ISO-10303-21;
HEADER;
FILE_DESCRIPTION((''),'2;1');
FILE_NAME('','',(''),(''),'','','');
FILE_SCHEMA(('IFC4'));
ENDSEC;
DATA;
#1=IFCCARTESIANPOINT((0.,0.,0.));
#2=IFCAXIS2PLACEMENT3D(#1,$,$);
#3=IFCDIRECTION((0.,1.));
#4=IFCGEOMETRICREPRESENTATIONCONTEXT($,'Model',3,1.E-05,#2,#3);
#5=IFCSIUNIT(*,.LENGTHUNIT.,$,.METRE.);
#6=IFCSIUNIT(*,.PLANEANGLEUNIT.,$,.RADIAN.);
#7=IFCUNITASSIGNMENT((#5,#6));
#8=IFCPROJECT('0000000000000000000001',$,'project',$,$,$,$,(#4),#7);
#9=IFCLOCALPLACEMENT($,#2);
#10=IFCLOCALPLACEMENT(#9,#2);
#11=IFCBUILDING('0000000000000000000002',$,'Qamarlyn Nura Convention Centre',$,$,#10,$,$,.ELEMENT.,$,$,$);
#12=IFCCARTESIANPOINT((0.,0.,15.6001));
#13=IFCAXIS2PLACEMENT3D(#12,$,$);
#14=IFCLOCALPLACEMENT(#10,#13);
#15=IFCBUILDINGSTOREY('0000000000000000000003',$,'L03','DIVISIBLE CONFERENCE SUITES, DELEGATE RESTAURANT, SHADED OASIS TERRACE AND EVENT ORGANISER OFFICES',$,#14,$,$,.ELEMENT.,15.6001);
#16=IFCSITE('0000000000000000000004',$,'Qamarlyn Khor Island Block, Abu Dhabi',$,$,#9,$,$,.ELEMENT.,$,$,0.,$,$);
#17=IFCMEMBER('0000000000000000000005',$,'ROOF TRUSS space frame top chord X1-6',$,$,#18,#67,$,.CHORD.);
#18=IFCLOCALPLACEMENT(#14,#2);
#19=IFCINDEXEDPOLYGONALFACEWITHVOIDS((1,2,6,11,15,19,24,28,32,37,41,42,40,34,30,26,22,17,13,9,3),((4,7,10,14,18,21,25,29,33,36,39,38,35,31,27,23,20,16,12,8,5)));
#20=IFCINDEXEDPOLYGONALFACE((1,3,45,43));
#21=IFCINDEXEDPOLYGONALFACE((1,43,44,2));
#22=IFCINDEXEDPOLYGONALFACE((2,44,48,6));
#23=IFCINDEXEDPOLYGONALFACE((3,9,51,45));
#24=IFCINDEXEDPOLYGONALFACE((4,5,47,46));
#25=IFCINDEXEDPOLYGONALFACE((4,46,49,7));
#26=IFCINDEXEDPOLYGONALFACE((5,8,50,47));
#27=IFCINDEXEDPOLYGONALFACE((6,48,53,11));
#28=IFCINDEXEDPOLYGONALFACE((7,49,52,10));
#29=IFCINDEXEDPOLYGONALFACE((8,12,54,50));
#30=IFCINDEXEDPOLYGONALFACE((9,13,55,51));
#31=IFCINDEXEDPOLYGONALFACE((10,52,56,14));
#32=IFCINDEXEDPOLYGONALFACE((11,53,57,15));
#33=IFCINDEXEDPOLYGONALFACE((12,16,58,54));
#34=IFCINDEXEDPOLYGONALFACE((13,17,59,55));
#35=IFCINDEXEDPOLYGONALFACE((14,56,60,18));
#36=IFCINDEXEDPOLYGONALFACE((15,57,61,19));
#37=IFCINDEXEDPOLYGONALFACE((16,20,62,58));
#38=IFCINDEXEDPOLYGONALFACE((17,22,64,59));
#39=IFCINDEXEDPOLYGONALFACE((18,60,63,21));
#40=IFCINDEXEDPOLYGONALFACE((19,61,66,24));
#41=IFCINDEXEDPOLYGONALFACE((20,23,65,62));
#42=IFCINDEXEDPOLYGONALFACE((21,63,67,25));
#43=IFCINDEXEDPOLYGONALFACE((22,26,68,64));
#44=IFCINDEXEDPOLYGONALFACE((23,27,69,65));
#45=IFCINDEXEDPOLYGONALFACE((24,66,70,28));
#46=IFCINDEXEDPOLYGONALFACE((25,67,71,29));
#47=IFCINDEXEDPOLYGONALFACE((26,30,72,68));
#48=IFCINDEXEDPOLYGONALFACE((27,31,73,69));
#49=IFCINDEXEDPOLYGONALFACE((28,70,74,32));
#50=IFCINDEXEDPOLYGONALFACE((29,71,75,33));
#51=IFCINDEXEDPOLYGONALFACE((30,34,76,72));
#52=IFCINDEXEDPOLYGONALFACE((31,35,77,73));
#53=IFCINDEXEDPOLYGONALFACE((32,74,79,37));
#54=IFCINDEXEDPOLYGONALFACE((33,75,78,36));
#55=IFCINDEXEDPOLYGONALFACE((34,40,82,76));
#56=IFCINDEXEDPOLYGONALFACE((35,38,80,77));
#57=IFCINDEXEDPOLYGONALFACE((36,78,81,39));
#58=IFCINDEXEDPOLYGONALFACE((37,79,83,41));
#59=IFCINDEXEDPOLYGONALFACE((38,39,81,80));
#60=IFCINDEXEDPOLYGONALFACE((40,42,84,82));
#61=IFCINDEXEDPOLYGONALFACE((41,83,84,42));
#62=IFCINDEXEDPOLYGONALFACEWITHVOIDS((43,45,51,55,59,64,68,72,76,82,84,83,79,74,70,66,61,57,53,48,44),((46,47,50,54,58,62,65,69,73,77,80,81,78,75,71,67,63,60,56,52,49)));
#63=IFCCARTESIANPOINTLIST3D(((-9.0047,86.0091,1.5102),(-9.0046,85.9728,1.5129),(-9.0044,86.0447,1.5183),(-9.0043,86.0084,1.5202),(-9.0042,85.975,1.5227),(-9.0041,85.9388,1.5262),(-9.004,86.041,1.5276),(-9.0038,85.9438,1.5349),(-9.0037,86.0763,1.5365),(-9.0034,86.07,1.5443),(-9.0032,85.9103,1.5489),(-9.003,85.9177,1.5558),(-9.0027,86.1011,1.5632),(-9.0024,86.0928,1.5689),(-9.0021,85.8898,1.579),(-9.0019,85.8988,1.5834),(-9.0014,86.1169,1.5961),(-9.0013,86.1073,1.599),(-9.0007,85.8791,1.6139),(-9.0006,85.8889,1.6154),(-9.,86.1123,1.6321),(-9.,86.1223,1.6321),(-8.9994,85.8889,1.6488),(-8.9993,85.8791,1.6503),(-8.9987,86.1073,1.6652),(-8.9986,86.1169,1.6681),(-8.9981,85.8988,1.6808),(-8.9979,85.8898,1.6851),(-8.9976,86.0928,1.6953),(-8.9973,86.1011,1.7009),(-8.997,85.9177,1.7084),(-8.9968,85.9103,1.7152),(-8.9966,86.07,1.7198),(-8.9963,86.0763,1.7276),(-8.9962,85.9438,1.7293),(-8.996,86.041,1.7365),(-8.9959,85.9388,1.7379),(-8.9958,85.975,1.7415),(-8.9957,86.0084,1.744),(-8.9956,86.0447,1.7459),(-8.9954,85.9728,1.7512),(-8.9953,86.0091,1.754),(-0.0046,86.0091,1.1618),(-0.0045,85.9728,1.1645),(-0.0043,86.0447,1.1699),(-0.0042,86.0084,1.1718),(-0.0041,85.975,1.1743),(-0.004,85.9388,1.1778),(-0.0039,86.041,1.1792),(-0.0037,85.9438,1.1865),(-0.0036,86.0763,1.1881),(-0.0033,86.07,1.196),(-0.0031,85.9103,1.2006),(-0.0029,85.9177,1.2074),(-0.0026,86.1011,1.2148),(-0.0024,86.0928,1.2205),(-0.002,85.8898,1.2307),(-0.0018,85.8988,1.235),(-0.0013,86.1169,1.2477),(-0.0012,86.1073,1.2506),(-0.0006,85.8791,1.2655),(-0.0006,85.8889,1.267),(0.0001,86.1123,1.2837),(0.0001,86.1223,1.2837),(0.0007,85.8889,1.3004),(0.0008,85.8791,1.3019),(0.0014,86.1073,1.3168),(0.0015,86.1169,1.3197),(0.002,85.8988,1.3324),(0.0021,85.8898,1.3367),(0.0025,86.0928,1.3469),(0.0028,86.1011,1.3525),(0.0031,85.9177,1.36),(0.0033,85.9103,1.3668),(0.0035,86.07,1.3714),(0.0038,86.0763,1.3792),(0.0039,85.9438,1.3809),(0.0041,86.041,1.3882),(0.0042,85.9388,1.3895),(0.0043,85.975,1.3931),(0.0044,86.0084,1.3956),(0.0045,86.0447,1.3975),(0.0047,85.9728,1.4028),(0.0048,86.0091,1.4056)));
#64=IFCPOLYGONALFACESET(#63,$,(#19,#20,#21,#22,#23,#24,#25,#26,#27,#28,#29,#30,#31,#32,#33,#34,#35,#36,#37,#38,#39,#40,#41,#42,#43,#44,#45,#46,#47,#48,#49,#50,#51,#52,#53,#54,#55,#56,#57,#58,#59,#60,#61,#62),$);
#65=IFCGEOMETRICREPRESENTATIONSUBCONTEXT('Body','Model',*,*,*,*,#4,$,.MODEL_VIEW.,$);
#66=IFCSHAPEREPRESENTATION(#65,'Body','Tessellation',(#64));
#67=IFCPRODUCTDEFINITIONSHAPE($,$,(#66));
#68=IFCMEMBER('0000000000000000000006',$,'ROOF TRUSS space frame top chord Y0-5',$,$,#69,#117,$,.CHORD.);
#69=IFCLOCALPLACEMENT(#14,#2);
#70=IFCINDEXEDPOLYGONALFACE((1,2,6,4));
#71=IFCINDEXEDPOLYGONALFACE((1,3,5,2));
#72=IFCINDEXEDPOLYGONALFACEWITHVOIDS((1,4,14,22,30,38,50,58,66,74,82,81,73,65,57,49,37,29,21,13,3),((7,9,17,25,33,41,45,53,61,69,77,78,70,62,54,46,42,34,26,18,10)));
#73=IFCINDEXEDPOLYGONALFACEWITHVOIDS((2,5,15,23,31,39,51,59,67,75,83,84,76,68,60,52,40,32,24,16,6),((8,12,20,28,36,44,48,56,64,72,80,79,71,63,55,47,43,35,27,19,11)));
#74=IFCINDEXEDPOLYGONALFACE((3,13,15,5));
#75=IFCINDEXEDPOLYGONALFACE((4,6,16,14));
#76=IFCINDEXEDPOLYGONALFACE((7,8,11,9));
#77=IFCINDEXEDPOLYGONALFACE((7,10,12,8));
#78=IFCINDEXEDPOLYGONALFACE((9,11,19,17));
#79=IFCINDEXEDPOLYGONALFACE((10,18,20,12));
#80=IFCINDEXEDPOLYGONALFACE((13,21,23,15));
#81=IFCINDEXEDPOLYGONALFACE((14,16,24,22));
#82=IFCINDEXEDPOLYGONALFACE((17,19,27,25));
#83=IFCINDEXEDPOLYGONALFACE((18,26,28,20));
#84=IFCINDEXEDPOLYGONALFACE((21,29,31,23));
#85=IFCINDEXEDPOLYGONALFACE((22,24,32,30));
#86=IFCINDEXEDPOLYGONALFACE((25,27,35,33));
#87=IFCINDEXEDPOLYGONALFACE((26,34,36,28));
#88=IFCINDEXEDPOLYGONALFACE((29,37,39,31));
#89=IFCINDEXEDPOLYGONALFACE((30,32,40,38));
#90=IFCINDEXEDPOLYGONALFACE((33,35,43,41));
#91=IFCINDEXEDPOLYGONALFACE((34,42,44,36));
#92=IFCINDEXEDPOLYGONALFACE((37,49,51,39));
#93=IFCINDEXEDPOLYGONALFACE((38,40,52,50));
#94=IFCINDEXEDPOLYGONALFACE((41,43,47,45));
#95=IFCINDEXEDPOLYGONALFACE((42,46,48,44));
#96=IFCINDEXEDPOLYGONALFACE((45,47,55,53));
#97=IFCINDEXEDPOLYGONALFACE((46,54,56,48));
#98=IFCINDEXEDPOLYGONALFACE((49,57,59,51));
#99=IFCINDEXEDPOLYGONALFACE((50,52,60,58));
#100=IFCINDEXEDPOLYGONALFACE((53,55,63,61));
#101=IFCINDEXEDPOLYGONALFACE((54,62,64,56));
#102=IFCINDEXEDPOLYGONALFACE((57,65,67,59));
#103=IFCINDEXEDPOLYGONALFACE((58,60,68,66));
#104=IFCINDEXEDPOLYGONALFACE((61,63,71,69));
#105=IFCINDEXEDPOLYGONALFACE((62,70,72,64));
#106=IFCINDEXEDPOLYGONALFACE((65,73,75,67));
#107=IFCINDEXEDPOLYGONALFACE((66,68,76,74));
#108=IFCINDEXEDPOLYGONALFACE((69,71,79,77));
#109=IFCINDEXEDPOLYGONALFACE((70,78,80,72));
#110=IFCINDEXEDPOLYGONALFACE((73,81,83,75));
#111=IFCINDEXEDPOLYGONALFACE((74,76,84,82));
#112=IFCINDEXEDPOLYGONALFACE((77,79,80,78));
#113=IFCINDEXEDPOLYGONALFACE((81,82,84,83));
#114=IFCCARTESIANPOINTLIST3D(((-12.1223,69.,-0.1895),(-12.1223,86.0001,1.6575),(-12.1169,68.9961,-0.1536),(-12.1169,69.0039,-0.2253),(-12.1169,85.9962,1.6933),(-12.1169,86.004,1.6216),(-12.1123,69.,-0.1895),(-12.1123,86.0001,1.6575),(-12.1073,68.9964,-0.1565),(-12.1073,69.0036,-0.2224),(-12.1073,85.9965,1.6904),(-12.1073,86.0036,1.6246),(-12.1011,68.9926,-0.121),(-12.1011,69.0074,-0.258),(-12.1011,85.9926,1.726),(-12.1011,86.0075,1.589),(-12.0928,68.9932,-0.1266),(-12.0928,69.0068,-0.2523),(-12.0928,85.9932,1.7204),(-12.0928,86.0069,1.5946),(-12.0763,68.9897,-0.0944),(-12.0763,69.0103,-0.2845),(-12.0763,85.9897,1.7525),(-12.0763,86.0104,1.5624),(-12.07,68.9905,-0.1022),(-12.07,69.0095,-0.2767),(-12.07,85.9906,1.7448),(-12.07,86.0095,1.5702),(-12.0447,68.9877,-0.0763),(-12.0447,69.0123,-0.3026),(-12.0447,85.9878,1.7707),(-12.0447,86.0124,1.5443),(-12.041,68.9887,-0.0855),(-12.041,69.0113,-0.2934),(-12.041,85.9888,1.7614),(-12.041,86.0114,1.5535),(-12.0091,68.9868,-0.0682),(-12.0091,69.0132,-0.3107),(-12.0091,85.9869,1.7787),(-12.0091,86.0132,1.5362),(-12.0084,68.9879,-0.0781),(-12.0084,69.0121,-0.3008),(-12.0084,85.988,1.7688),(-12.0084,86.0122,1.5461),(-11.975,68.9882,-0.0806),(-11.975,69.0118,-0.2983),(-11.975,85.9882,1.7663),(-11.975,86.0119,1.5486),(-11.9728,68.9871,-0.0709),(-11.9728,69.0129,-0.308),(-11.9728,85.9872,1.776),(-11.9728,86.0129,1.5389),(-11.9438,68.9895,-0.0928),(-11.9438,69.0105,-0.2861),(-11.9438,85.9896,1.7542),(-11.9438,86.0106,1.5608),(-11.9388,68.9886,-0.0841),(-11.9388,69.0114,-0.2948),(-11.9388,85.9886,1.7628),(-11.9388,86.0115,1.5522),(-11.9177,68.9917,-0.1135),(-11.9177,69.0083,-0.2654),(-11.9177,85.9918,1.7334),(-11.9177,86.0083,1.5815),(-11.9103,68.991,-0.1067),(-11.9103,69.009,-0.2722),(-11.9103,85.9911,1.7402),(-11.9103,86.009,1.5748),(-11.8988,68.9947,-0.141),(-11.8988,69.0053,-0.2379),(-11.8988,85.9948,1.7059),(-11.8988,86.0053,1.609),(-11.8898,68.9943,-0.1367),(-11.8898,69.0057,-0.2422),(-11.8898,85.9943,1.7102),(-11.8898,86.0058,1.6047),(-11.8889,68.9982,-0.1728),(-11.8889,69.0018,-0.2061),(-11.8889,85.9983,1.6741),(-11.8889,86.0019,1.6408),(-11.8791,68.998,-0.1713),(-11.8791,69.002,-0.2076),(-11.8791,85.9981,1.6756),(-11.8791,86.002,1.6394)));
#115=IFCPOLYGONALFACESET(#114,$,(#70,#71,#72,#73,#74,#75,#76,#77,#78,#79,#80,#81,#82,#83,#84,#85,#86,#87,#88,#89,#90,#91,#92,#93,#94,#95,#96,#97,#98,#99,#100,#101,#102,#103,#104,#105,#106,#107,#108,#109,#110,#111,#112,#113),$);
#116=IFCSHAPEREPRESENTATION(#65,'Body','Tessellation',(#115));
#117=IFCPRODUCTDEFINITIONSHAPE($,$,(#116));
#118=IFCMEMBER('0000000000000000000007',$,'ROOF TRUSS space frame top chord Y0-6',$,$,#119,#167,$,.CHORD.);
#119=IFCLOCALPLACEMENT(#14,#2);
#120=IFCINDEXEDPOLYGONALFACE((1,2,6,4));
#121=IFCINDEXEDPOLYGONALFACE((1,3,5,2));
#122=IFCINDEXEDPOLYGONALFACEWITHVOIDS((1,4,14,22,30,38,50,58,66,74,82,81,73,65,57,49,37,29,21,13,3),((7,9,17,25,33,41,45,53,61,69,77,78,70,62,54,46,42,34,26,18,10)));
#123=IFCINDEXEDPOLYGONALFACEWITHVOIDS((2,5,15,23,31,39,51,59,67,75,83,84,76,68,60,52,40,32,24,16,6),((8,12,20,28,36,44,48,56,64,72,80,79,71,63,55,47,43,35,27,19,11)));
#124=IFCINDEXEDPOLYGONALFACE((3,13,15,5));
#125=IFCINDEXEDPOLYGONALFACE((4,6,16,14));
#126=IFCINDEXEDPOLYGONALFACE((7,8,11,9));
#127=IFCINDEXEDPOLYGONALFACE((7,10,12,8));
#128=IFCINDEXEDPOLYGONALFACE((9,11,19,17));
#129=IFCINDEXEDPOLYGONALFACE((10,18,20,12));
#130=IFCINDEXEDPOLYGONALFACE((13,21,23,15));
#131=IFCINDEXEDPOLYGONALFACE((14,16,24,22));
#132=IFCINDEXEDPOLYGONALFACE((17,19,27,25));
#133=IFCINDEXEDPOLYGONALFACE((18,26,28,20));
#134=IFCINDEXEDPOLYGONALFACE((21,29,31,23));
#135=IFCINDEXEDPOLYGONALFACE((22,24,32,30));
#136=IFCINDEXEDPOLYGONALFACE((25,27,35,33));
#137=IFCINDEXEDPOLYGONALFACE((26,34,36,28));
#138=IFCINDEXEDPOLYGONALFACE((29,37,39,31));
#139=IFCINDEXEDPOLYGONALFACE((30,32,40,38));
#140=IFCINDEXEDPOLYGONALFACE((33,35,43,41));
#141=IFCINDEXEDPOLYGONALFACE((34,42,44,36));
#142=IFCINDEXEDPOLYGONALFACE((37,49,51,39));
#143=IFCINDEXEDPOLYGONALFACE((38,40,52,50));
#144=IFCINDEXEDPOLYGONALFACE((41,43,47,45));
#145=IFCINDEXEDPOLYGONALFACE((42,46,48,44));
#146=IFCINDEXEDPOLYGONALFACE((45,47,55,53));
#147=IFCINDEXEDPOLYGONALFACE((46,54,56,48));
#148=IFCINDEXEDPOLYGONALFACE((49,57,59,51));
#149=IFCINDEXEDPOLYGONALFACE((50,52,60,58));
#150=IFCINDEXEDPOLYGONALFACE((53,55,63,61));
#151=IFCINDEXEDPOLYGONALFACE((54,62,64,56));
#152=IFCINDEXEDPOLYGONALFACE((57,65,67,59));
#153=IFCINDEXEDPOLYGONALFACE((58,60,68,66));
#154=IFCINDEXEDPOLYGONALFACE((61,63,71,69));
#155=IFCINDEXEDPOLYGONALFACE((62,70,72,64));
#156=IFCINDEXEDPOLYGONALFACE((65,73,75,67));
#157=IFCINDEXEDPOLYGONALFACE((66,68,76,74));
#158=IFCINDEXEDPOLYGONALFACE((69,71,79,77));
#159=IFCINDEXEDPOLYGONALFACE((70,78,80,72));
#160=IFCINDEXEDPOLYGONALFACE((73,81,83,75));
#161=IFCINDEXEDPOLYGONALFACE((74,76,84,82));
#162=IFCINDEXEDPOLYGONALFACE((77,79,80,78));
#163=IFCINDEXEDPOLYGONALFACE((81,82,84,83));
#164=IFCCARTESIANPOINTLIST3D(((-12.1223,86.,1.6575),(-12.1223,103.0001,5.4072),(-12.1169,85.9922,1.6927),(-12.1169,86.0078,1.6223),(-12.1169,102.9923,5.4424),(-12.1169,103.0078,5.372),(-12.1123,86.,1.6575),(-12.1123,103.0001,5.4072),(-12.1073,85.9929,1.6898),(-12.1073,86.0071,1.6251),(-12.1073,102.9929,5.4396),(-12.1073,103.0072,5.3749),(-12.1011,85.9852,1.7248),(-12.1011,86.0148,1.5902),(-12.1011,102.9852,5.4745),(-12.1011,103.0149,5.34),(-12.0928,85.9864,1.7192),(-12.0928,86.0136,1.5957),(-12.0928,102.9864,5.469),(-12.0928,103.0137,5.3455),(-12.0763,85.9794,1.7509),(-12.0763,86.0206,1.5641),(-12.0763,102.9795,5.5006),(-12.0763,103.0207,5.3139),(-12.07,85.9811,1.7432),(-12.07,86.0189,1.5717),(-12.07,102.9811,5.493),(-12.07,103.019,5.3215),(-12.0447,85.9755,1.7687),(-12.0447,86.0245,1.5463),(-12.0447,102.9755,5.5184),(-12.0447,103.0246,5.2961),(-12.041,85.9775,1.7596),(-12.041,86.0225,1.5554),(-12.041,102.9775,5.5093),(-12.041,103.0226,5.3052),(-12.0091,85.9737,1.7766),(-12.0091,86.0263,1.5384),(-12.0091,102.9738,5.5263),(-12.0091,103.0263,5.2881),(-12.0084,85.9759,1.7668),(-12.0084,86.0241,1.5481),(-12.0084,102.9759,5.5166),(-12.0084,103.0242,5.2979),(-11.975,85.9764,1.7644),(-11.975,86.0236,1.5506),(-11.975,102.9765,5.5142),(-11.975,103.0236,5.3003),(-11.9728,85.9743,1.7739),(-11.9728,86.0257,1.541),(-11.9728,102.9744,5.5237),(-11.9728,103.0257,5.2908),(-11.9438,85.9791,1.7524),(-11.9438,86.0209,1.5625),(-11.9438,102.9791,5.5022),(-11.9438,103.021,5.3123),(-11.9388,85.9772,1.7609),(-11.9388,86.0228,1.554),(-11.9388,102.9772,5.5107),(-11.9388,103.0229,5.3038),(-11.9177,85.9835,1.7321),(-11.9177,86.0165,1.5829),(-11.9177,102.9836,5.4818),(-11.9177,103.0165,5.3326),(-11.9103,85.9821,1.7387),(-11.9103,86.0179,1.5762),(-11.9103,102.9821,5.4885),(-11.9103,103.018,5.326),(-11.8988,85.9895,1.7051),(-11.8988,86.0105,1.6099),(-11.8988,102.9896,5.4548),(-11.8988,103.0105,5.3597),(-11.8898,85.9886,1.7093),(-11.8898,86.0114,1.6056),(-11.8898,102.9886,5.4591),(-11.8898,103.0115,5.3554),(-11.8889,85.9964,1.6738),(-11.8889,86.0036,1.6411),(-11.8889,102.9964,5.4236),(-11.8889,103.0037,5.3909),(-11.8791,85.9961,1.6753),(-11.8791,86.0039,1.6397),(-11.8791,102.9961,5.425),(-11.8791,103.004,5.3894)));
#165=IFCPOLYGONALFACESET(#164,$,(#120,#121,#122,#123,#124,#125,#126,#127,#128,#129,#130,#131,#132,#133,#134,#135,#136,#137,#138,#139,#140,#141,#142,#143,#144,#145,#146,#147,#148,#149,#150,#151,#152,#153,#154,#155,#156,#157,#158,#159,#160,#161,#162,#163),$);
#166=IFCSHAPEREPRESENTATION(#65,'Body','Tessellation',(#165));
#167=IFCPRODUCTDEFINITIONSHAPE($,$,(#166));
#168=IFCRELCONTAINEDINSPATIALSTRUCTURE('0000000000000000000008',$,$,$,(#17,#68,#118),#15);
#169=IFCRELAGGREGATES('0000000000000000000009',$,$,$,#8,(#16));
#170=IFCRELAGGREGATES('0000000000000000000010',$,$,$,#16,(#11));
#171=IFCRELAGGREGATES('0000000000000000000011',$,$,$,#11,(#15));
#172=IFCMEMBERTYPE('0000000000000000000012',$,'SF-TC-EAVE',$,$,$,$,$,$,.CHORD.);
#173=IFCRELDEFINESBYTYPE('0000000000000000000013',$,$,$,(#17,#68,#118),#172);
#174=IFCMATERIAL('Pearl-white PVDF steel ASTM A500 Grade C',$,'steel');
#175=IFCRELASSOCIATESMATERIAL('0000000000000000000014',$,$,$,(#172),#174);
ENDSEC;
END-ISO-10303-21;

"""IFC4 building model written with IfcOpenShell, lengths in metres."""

from ifc_helpers import new_model, si_unit, direction, frame, origin, origin_2d, place, context, subcontext, project, spatial, hollow_circle, extrude, material, material_profile, profile_set, type_object, element, save


model = new_model("IFC4")

# Units and contexts
model_context = context("Model", 3, precision=1e-05, world=origin(), true_north=direction((0.0, 1.0)))
body_context = subcontext(model_context, "Body", "Model", "MODEL_VIEW")
ifc_project = project(units=[si_unit("LENGTHUNIT", "METRE"), si_unit("PLANEANGLEUNIT", "RADIAN")], contexts=[model_context])

# Site, building, storey
site_placement = place(None, origin())
site = spatial("IfcSite", under=ifc_project, at=site_placement, Name="Qamarlyn Khor Island Block, Abu Dhabi", CompositionType="ELEMENT", RefElevation=0.0)
building_placement = place(site_placement, origin())
building = spatial("IfcBuilding", under=site, at=building_placement, Name="Qamarlyn Nura Convention Centre", CompositionType="ELEMENT")
storey_placement = place(building_placement, frame((0.0, 0.0, 15.6001)))
storey = spatial("IfcBuildingStorey", under=building, at=storey_placement, Name="L03", Description="DIVISIBLE CONFERENCE SUITES, DELEGATE RESTAURANT, SHADED OASIS TERRACE AND EVENT ORGANISER OFFICES", CompositionType="ELEMENT", Elevation=15.6001)

# Members
ifc_material_1 = material(Name="Pearl-white PVDF steel ASTM A500 Grade C", Category="steel")
ifc_material_profile_1 = material_profile(ifc_material_1, hollow_circle(Radius=0.1223, WallThickness=0.01, at=origin_2d()), Name="CHS244.5X10")
ifc_profile_set_1 = profile_set([ifc_material_profile_1], Name="Pearl-white PVDF steel ASTM A500 Grade C")
member_type_1 = type_object("IfcMemberType", Name="SF-TC-EAVE", PredefinedType="CHORD", material=ifc_profile_set_1)
member_1_placement = place(storey_placement, frame((-9.0, 86.0, 1.6321), z_axis=(0.999252, 0.0, -0.038681), x_axis=(0.0, 1.0, 0.0)))
element("IfcMember", 1, at=member_1_placement, inside=storey, type_object=member_type_1, Name="ROOF TRUSS space frame top chord X1-6", PredefinedType="CHORD", context=body_context, shape_type="SweptSolid", body=[
    extrude(hollow_circle(Radius=0.1223, WallThickness=0.01, at=origin_2d()), origin(), (0.0, 0.0, 1.0), 9.0068),
])
member_2_placement = place(storey_placement, frame((-12.0, 69.0, -0.1895), z_axis=(0.0, 0.99415, 0.108007), x_axis=(-1.0, 0.0, 0.0)))
element("IfcMember", 2, at=member_2_placement, inside=storey, type_object=member_type_1, Name="ROOF TRUSS space frame top chord Y0-5", PredefinedType="CHORD", context=body_context, shape_type="SweptSolid", body=[
    extrude(hollow_circle(Radius=0.1223, WallThickness=0.01, at=origin_2d()), origin(), (0.0, 0.0, 1.0), 17.1001),
])
member_3_placement = place(storey_placement, frame((-12.0, 86.0, 1.6575), z_axis=(0.0, 0.976527, 0.215396), x_axis=(-1.0, 0.0, 0.0)))
element("IfcMember", 3, at=member_3_placement, inside=storey, type_object=member_type_1, Name="ROOF TRUSS space frame top chord Y0-6", PredefinedType="CHORD", context=body_context, shape_type="SweptSolid", body=[
    extrude(hollow_circle(Radius=0.1223, WallThickness=0.01, at=origin_2d()), origin(), (0.0, 0.0, 1.0), 17.4087),
])

save(model, "model.ifc")
